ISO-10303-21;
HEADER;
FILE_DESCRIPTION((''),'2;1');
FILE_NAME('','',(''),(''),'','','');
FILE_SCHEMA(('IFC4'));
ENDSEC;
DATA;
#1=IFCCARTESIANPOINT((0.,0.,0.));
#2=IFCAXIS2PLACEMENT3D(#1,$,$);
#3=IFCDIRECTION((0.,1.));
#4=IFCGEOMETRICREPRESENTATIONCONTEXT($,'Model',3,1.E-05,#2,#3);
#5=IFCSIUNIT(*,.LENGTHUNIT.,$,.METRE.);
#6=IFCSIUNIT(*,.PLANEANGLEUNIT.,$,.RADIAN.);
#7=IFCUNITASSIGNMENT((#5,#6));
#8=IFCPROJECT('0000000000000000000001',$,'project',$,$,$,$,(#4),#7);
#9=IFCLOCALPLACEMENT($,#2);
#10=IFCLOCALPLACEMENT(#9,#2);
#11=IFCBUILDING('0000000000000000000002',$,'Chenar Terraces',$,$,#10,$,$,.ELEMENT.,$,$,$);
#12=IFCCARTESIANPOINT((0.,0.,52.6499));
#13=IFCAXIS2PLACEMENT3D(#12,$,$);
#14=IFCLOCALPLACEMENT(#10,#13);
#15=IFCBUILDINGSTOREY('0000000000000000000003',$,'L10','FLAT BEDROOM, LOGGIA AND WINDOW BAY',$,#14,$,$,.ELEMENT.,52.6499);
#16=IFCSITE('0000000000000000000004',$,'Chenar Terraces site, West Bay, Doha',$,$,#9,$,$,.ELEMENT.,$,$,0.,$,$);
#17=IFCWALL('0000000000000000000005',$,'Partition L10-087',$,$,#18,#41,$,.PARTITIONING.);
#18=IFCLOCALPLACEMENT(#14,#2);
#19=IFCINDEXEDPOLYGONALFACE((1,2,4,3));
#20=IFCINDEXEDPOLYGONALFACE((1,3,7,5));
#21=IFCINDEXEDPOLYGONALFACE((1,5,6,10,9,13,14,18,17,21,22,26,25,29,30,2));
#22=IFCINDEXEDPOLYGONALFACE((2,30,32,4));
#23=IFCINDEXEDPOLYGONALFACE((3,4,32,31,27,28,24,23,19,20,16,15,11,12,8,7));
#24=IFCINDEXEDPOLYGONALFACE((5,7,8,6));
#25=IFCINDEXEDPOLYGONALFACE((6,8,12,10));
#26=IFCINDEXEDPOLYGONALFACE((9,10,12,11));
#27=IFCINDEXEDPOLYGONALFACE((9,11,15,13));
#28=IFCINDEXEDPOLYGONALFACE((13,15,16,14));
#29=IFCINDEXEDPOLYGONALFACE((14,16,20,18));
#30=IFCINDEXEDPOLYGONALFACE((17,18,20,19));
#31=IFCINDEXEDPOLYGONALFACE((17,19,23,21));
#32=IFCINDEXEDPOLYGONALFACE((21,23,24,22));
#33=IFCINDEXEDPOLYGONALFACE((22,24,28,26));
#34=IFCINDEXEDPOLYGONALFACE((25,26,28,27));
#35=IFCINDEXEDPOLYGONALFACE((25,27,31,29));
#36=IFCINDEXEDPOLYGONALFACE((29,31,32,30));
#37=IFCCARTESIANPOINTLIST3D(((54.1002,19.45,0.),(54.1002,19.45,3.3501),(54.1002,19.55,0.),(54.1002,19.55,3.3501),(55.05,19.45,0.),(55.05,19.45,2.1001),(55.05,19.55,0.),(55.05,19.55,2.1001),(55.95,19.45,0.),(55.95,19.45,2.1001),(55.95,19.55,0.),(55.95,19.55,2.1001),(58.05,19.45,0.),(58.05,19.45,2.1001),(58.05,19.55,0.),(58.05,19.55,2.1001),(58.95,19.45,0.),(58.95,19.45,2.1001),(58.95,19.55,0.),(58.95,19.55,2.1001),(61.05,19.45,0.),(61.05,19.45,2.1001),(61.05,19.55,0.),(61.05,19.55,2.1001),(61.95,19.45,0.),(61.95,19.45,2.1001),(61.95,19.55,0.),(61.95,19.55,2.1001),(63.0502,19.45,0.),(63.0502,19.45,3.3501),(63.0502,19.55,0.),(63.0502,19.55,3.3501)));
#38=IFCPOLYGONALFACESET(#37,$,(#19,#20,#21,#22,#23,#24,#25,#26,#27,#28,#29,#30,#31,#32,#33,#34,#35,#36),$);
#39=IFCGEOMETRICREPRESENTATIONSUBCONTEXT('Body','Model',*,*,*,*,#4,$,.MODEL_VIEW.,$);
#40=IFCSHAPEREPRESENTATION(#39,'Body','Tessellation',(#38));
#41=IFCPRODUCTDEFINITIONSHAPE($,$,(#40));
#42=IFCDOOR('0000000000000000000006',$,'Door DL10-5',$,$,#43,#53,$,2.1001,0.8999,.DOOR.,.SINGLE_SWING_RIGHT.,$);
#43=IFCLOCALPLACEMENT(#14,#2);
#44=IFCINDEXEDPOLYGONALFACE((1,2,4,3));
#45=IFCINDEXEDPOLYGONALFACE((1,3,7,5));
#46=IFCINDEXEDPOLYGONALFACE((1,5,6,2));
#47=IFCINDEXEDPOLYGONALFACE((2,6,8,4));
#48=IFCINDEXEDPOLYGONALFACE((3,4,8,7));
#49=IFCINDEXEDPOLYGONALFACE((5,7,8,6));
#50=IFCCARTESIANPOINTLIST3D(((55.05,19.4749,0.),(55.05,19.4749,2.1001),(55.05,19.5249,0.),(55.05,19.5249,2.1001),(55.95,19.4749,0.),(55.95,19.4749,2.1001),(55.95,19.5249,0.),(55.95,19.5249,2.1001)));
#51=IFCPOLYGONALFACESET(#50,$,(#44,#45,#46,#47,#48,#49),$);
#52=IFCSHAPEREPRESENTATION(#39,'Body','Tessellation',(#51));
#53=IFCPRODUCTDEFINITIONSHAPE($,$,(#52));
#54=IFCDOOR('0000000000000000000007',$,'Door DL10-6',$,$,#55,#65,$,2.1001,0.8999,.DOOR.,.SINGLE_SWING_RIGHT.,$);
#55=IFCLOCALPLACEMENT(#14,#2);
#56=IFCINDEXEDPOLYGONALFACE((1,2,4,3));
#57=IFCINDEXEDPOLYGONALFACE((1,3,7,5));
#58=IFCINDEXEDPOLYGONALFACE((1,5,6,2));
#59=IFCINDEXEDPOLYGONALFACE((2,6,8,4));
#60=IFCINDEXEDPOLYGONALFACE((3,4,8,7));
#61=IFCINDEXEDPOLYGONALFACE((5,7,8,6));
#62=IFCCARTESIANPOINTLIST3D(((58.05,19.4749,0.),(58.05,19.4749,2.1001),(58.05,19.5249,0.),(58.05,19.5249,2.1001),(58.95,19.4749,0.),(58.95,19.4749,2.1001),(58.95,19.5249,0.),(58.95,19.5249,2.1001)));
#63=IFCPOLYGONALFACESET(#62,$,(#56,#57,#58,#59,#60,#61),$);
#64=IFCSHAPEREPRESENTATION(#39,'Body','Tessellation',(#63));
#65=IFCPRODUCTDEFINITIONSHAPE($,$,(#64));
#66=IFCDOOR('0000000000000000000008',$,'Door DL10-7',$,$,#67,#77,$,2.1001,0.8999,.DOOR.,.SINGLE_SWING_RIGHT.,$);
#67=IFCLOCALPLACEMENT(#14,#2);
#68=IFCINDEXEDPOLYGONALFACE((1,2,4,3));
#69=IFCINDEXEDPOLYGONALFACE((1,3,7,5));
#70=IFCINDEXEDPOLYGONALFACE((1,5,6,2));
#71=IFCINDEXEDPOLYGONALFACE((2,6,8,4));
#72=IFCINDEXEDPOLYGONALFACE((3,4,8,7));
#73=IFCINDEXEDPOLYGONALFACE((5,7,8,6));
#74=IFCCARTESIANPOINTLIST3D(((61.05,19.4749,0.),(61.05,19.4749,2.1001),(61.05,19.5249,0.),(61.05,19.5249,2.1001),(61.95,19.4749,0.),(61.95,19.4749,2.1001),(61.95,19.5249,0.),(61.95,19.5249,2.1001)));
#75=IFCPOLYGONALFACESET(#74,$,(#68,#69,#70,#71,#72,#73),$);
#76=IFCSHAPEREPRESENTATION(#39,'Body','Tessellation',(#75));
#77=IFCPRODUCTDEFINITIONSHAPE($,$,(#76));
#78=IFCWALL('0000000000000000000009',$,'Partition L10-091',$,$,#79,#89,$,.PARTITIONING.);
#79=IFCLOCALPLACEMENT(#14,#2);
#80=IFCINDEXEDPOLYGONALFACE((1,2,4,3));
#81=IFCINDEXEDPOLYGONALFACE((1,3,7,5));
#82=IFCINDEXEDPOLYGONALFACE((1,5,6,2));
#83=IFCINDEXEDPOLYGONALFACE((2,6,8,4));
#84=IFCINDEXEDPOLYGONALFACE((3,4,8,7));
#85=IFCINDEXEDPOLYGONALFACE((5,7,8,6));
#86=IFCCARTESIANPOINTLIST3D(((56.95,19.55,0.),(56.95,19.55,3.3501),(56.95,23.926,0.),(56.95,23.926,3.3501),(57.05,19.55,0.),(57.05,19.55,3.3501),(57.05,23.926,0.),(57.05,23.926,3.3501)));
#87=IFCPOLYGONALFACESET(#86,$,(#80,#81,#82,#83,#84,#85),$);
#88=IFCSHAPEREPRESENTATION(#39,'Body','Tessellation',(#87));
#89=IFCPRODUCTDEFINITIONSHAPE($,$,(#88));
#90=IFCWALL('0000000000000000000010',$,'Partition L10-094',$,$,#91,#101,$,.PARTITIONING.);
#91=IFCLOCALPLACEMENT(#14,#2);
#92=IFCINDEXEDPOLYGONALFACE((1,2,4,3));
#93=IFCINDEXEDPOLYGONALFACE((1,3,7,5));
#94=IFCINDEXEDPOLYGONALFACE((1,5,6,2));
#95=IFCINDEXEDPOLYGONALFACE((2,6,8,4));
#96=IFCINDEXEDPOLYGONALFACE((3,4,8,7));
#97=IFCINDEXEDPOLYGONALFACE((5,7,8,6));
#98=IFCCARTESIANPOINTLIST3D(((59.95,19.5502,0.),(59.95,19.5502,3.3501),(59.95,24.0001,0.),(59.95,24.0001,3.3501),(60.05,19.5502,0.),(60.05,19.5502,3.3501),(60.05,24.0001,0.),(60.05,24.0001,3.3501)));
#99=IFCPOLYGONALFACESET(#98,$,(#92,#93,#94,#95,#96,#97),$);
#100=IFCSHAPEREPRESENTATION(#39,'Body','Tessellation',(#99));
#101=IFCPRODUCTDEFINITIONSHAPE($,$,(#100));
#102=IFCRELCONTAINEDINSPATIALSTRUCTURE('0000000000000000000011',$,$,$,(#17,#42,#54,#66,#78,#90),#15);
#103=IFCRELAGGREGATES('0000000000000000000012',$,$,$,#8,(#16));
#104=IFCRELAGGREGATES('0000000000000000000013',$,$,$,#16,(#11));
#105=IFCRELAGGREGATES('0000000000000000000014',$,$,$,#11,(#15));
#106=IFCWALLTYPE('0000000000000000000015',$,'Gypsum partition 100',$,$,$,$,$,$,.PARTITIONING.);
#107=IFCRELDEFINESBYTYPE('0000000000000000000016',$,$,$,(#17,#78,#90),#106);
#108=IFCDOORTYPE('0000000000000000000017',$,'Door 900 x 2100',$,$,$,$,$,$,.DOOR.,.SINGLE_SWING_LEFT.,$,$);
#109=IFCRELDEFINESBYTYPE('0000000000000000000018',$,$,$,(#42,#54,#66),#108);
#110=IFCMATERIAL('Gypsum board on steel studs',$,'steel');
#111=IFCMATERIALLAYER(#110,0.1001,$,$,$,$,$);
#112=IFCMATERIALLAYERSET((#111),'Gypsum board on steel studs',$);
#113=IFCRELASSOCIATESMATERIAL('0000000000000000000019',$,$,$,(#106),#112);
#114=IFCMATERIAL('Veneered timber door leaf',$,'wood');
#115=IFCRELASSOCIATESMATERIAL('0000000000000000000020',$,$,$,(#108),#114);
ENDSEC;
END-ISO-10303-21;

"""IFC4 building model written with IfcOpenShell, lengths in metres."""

from ifc_helpers import new_model, si_unit, direction, frame, frame_2d, origin, place, context, subcontext, project, spatial, rectangle, extrude, material, layer, layer_set, type_object, element, fill, save


model = new_model("IFC4")

# Units and contexts
model_context = context("Model", 3, precision=1e-05, world=origin(), true_north=direction((0.0, 1.0)))
body_context = subcontext(model_context, "Body", "Model", "MODEL_VIEW")
ifc_project = project(units=[si_unit("LENGTHUNIT", "METRE"), si_unit("PLANEANGLEUNIT", "RADIAN")], contexts=[model_context])

# Site, building, storey
site_placement = place(None, origin())
site = spatial("IfcSite", under=ifc_project, at=site_placement, Name="Chenar Terraces site, West Bay, Doha", CompositionType="ELEMENT", RefElevation=0.0)
building_placement = place(site_placement, origin())
building = spatial("IfcBuilding", under=site, at=building_placement, Name="Chenar Terraces", CompositionType="ELEMENT")
storey_placement = place(building_placement, frame((0.0, 0.0, 52.6499)))
storey = spatial("IfcBuildingStorey", under=building, at=storey_placement, Name="L10", Description="FLAT BEDROOM, LOGGIA AND WINDOW BAY", CompositionType="ELEMENT", Elevation=52.6499)

# Wall, openings, doors
ifc_material_1 = material(Name="Gypsum board on steel studs", Category="steel")
ifc_layer_1 = layer(ifc_material_1, 0.1001)
ifc_layer_set_1 = layer_set([ifc_layer_1], Name="Gypsum board on steel studs")
wall_type_1 = type_object("IfcWallType", Name="Gypsum partition 100", PredefinedType="PARTITIONING", material=ifc_layer_set_1)
wall_1_placement = place(storey_placement, frame((54.1001, 19.5, 0.0), z_axis=(0.0, 0.0, 1.0), x_axis=(1.0, 0.0, 0.0)))
wall_1 = element("IfcWall", 1, at=wall_1_placement, inside=storey, type_object=wall_type_1, Name="Partition L10-087", PredefinedType="PARTITIONING", context=body_context, shape_type="SweptSolid", body=[
    extrude(rectangle(XDim=8.95, YDim=0.1001, at=frame_2d((4.4751, 0.0))), origin(), (0.0, 0.0, 1.0), 3.3501),
])
opening_1_placement = place(wall_1_placement, frame((0.95, 0.0, 0.0)))
opening_1 = element("IfcOpeningElement", 2, at=opening_1_placement, cuts=wall_1, PredefinedType="OPENING", context=body_context, shape_type="SweptSolid", body=[
    extrude(rectangle(XDim=0.8999, YDim=2.1001, at=frame_2d((0.45, 1.05))), frame((0.0, 0.0601, 0.0), z_axis=(0.0, -1.0, 0.0), x_axis=(1.0, 0.0, 0.0)), (0.0, 0.0, 1.0), 0.1201),
])
opening_2_placement = place(wall_1_placement, frame((3.95, 0.0, 0.0)))
opening_2 = element("IfcOpeningElement", 3, at=opening_2_placement, cuts=wall_1, PredefinedType="OPENING", context=body_context, shape_type="SweptSolid", body=[
    extrude(rectangle(XDim=0.8999, YDim=2.1001, at=frame_2d((0.45, 1.05))), frame((0.0, 0.0601, 0.0), z_axis=(0.0, -1.0, 0.0), x_axis=(1.0, 0.0, 0.0)), (0.0, 0.0, 1.0), 0.1201),
])
opening_3_placement = place(wall_1_placement, frame((6.95, 0.0, 0.0)))
opening_3 = element("IfcOpeningElement", 4, at=opening_3_placement, cuts=wall_1, PredefinedType="OPENING", context=body_context, shape_type="SweptSolid", body=[
    extrude(rectangle(XDim=0.8999, YDim=2.1001, at=frame_2d((0.45, 1.05))), frame((0.0, 0.0601, 0.0), z_axis=(0.0, -1.0, 0.0), x_axis=(1.0, 0.0, 0.0)), (0.0, 0.0, 1.0), 0.1201),
])
ifc_material_2 = material(Name="Veneered timber door leaf", Category="wood")
door_type_1 = type_object("IfcDoorType", Name="Door 900 x 2100", OperationType="SINGLE_SWING_LEFT", PredefinedType="DOOR", material=ifc_material_2)
door_1_placement = place(opening_1_placement, origin())
door_1 = element("IfcDoor", 5, at=door_1_placement, inside=storey, type_object=door_type_1, Name="Door DL10-5", OperationType="SINGLE_SWING_RIGHT", OverallHeight=2.1001, OverallWidth=0.8999, PredefinedType="DOOR", context=body_context, shape_type="SweptSolid", body=[
    extrude(rectangle(XDim=0.8999, YDim=2.1001, at=frame_2d((0.45, 1.05))), frame((0.0, 0.0249, 0.0), z_axis=(0.0, -1.0, 0.0), x_axis=(1.0, 0.0, 0.0)), (0.0, 0.0, 1.0), 0.05),
])
fill(opening_1, door_1)
door_2_placement = place(opening_2_placement, origin())
door_2 = element("IfcDoor", 6, at=door_2_placement, inside=storey, type_object=door_type_1, Name="Door DL10-6", OperationType="SINGLE_SWING_RIGHT", OverallHeight=2.1001, OverallWidth=0.8999, PredefinedType="DOOR", context=body_context, shape_type="SweptSolid", body=[
    extrude(rectangle(XDim=0.8999, YDim=2.1001, at=frame_2d((0.45, 1.05))), frame((0.0, 0.0249, 0.0), z_axis=(0.0, -1.0, 0.0), x_axis=(1.0, 0.0, 0.0)), (0.0, 0.0, 1.0), 0.05),
])
fill(opening_2, door_2)
door_3_placement = place(opening_3_placement, origin())
door_3 = element("IfcDoor", 7, at=door_3_placement, inside=storey, type_object=door_type_1, Name="Door DL10-7", OperationType="SINGLE_SWING_RIGHT", OverallHeight=2.1001, OverallWidth=0.8999, PredefinedType="DOOR", context=body_context, shape_type="SweptSolid", body=[
    extrude(rectangle(XDim=0.8999, YDim=2.1001, at=frame_2d((0.45, 1.05))), frame((0.0, 0.0249, 0.0), z_axis=(0.0, -1.0, 0.0), x_axis=(1.0, 0.0, 0.0)), (0.0, 0.0, 1.0), 0.05),
])
fill(opening_3, door_3)

# Walls
wall_2_placement = place(storey_placement, frame((57.0, 19.55, 0.0), z_axis=(0.0, 0.0, 1.0), x_axis=(0.0, 1.0, 0.0)))
element("IfcWall", 8, at=wall_2_placement, inside=storey, type_object=wall_type_1, Name="Partition L10-091", PredefinedType="PARTITIONING", context=body_context, shape_type="SweptSolid", body=[
    extrude(rectangle(XDim=4.376, YDim=0.1001, at=frame_2d((2.188, 0.0))), origin(), (0.0, 0.0, 1.0), 3.3501),
])
wall_3_placement = place(storey_placement, frame((60.0, 19.55, 0.0), z_axis=(0.0, 0.0, 1.0), x_axis=(0.0, 1.0, 0.0)))
element("IfcWall", 9, at=wall_3_placement, inside=storey, type_object=wall_type_1, Name="Partition L10-094", PredefinedType="PARTITIONING", context=body_context, shape_type="SweptSolid", body=[
    extrude(rectangle(XDim=4.45, YDim=0.1001, at=frame_2d((2.2251, 0.0))), origin(), (0.0, 0.0, 1.0), 3.3501),
])

save(model, "model.ifc")
